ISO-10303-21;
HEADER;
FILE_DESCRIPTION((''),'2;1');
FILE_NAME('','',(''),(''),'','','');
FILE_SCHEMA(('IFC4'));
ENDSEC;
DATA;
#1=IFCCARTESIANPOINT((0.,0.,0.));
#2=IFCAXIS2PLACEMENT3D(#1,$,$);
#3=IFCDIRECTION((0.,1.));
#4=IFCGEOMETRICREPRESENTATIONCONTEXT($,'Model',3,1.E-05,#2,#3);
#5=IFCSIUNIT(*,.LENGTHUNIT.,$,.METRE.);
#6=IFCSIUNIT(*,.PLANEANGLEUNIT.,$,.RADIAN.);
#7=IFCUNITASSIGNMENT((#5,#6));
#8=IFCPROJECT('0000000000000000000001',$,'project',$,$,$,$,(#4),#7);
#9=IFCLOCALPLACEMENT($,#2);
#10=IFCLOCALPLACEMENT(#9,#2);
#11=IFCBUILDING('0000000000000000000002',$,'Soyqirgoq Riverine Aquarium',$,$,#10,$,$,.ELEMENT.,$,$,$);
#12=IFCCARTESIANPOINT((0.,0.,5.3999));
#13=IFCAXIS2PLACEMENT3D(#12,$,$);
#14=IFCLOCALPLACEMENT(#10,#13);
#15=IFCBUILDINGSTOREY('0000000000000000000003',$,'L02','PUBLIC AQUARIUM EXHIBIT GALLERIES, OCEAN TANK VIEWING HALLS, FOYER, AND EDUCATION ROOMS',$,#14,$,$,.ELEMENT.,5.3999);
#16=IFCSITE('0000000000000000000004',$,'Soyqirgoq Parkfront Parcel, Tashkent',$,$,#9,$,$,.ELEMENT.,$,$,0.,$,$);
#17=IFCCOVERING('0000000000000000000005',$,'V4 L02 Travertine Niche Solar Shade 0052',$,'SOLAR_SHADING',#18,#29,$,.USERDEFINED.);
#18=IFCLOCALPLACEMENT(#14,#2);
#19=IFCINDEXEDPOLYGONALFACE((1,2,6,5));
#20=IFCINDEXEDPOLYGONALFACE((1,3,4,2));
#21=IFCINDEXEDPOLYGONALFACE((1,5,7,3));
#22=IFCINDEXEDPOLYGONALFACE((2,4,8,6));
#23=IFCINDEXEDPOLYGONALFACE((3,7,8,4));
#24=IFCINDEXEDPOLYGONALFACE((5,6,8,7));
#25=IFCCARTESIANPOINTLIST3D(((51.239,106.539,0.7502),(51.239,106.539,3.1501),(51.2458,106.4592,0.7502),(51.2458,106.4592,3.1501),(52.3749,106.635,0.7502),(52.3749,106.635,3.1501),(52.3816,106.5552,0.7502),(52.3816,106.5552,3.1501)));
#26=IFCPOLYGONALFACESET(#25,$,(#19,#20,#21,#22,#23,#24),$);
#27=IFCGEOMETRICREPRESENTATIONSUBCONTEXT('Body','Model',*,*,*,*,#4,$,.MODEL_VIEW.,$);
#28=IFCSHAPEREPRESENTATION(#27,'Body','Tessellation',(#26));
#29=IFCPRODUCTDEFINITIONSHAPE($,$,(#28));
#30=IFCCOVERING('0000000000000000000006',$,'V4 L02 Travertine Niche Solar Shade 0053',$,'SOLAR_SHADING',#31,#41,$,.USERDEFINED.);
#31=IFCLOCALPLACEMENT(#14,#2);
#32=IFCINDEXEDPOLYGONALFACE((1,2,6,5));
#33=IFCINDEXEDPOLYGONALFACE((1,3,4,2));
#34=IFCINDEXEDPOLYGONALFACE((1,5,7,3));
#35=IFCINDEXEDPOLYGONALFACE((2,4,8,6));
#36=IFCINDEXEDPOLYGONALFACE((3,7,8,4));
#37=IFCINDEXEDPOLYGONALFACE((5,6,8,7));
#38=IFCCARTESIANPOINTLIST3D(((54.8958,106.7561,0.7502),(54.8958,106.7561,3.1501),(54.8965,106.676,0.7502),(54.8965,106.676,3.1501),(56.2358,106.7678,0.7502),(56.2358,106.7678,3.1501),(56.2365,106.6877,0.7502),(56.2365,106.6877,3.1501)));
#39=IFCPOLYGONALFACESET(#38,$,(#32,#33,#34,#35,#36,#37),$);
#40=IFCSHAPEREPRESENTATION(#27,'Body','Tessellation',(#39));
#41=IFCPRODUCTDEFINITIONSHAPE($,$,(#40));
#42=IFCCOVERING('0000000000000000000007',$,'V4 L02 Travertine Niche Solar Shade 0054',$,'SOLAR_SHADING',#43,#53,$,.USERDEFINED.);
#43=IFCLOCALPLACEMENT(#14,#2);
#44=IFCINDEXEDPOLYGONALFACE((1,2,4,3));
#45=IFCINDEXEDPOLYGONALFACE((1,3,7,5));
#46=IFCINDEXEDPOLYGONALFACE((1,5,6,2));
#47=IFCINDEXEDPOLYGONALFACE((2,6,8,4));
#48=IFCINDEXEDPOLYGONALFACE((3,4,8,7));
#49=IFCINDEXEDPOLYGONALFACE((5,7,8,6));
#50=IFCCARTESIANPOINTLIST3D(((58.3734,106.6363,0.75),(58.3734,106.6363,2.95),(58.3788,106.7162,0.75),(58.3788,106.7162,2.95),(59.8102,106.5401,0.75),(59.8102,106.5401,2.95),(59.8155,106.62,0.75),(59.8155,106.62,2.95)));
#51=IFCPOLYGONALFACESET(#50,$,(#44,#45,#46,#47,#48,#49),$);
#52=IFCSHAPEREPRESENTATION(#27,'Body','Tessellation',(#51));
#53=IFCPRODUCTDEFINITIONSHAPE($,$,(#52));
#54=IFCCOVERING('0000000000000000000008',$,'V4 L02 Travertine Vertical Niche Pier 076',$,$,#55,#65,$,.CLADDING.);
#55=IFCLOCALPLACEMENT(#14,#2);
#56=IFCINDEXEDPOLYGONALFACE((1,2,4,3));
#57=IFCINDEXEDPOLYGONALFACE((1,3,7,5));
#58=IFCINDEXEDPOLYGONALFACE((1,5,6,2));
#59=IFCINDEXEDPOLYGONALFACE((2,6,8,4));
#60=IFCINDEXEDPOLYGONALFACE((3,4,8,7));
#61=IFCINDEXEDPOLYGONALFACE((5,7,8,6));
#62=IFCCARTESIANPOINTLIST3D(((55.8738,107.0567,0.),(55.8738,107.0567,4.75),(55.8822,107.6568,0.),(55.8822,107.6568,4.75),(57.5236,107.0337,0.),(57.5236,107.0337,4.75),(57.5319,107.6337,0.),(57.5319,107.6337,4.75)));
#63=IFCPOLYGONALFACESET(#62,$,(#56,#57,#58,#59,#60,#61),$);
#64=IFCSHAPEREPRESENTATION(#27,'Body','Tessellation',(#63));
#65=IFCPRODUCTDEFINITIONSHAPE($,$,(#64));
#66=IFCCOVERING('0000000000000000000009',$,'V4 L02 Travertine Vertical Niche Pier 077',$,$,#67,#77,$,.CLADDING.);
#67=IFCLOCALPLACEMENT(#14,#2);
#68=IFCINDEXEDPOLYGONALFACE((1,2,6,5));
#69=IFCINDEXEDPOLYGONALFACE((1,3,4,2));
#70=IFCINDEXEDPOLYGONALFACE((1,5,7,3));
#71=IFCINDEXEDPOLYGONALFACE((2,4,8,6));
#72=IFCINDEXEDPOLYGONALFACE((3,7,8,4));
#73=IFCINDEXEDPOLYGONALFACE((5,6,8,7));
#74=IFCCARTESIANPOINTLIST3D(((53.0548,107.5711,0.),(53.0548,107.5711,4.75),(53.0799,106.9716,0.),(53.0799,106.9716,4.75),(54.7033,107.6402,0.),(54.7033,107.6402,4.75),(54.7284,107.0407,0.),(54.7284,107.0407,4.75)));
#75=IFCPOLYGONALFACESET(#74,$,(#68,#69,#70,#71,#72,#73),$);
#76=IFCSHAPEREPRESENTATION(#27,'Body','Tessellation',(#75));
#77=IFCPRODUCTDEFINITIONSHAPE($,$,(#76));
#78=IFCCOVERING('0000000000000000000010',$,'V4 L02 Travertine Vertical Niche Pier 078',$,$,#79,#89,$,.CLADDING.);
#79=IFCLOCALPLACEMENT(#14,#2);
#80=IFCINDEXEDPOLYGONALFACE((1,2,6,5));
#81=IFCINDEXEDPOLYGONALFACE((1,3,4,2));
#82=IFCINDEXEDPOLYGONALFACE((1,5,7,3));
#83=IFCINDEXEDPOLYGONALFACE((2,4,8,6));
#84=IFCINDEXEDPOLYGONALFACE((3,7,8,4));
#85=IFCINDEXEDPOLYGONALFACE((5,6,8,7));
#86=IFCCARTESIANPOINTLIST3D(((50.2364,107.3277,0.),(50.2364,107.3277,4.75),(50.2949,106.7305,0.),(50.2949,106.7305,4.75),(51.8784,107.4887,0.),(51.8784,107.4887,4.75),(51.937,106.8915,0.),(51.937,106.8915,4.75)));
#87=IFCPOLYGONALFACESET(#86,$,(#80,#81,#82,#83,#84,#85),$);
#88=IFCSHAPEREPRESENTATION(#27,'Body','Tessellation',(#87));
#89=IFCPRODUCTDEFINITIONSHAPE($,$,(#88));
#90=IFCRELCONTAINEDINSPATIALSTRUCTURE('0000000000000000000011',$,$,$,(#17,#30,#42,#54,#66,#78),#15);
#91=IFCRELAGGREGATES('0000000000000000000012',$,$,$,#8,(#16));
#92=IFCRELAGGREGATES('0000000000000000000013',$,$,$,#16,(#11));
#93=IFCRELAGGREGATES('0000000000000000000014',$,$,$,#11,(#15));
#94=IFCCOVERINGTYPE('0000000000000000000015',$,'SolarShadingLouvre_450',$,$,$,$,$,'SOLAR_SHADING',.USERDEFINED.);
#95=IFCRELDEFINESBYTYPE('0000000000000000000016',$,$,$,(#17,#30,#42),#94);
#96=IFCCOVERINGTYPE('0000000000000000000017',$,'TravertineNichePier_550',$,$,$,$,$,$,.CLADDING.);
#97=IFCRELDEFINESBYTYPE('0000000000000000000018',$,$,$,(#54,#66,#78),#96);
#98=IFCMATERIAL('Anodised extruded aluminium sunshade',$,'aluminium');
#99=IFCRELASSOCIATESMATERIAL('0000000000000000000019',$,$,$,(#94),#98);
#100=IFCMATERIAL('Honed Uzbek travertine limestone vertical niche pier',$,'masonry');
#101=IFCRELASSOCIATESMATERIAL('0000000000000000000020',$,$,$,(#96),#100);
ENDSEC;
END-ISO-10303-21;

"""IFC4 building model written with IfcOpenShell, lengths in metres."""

from ifc_helpers import new_model, si_unit, direction, frame, origin, origin_2d, place, context, subcontext, project, spatial, rectangle, extrude, material, type_object, element, save


model = new_model("IFC4")

# Units and contexts
model_context = context("Model", 3, precision=1e-05, world=origin(), true_north=direction((0.0, 1.0)))
body_context = subcontext(model_context, "Body", "Model", "MODEL_VIEW")
ifc_project = project(units=[si_unit("LENGTHUNIT", "METRE"), si_unit("PLANEANGLEUNIT", "RADIAN")], contexts=[model_context])

# Site, building, storey
site_placement = place(None, origin())
site = spatial("IfcSite", under=ifc_project, at=site_placement, Name="Soyqirgoq Parkfront Parcel, Tashkent", CompositionType="ELEMENT", RefElevation=0.0)
building_placement = place(site_placement, origin())
building = spatial("IfcBuilding", under=site, at=building_placement, Name="Soyqirgoq Riverine Aquarium", CompositionType="ELEMENT")
storey_placement = place(building_placement, frame((0.0, 0.0, 5.3999)))
storey = spatial("IfcBuildingStorey", under=building, at=storey_placement, Name="L02", Description="PUBLIC AQUARIUM EXHIBIT GALLERIES, OCEAN TANK VIEWING HALLS, FOYER, AND EDUCATION ROOMS", CompositionType="ELEMENT", Elevation=5.3999)

# Coverings
ifc_material_1 = material(Name="Anodised extruded aluminium sunshade", Category="aluminium")
covering_type_1 = type_object("IfcCoveringType", Name="SolarShadingLouvre_450", ElementType="SOLAR_SHADING", PredefinedType="USERDEFINED", material=ifc_material_1)
covering_1_placement = place(storey_placement, frame((51.8103, 106.5471, 0.7502), z_axis=(0.0, 0.0, 1.0), x_axis=(0.996449, 0.0842, 0.0)))
element("IfcCovering", 1, at=covering_1_placement, inside=storey, type_object=covering_type_1, Name="V4 L02 Travertine Niche Solar Shade 0052", ObjectType="SOLAR_SHADING", PredefinedType="USERDEFINED", context=body_context, shape_type="SweptSolid", body=[
    extrude(rectangle(XDim=1.1399, YDim=0.0801, at=origin_2d()), origin(), (0.0, 0.0, 1.0), 2.3999),
])
covering_2_placement = place(storey_placement, frame((55.5662, 106.7219, 0.7502), z_axis=(0.0, 0.0, 1.0), x_axis=(0.999962, 0.008727, 0.0)))
element("IfcCovering", 2, at=covering_2_placement, inside=storey, type_object=covering_type_1, Name="V4 L02 Travertine Niche Solar Shade 0053", ObjectType="SOLAR_SHADING", PredefinedType="USERDEFINED", context=body_context, shape_type="SweptSolid", body=[
    extrude(rectangle(XDim=1.3401, YDim=0.0801, at=origin_2d()), origin(), (0.0, 0.0, 1.0), 2.3999),
])
covering_3_placement = place(storey_placement, frame((59.0945, 106.6282, 0.75), z_axis=(0.0, 0.0, 1.0), x_axis=(0.997767, -0.066796, 0.0)))
element("IfcCovering", 3, at=covering_3_placement, inside=storey, type_object=covering_type_1, Name="V4 L02 Travertine Niche Solar Shade 0054", ObjectType="SOLAR_SHADING", PredefinedType="USERDEFINED", context=body_context, shape_type="SweptSolid", body=[
    extrude(rectangle(XDim=1.4399, YDim=0.0801, at=origin_2d()), origin(), (0.0, 0.0, 1.0), 2.2),
])
ifc_material_2 = material(Name="Honed Uzbek travertine limestone vertical niche pier", Category="masonry")
covering_type_2 = type_object("IfcCoveringType", Name="TravertineNichePier_550", PredefinedType="CLADDING", material=ifc_material_2)
for number, where, z_axis, x_axis, name in (
    (4, (56.7029, 107.3452, 0.0), (0.0, 0.0, 1.0), (0.013962, 0.999903, 0.0), "V4 L02 Travertine Vertical Niche Pier 076"),
    (5, (53.8916, 107.3059, 0.0), (0.0, 0.0, 1.0), (-0.041876, 0.999123, 0.0), "V4 L02 Travertine Vertical Niche Pier 077"),
    (6, (51.0867, 107.1096, 0.0), (0.0, 0.0, 1.0), (-0.097583, 0.995227, 0.0), "V4 L02 Travertine Vertical Niche Pier 078"),
):
    element("IfcCovering", number, at=place(storey_placement, frame(where, z_axis=z_axis, x_axis=x_axis)), inside=storey, type_object=covering_type_2, Name=name, PredefinedType="CLADDING", context=body_context, shape_type="SweptSolid", body=[
        extrude(rectangle(XDim=0.6001, YDim=1.6499, at=origin_2d()), origin(), (0.0, 0.0, 1.0), 4.75),
    ])

save(model, "model.ifc")
